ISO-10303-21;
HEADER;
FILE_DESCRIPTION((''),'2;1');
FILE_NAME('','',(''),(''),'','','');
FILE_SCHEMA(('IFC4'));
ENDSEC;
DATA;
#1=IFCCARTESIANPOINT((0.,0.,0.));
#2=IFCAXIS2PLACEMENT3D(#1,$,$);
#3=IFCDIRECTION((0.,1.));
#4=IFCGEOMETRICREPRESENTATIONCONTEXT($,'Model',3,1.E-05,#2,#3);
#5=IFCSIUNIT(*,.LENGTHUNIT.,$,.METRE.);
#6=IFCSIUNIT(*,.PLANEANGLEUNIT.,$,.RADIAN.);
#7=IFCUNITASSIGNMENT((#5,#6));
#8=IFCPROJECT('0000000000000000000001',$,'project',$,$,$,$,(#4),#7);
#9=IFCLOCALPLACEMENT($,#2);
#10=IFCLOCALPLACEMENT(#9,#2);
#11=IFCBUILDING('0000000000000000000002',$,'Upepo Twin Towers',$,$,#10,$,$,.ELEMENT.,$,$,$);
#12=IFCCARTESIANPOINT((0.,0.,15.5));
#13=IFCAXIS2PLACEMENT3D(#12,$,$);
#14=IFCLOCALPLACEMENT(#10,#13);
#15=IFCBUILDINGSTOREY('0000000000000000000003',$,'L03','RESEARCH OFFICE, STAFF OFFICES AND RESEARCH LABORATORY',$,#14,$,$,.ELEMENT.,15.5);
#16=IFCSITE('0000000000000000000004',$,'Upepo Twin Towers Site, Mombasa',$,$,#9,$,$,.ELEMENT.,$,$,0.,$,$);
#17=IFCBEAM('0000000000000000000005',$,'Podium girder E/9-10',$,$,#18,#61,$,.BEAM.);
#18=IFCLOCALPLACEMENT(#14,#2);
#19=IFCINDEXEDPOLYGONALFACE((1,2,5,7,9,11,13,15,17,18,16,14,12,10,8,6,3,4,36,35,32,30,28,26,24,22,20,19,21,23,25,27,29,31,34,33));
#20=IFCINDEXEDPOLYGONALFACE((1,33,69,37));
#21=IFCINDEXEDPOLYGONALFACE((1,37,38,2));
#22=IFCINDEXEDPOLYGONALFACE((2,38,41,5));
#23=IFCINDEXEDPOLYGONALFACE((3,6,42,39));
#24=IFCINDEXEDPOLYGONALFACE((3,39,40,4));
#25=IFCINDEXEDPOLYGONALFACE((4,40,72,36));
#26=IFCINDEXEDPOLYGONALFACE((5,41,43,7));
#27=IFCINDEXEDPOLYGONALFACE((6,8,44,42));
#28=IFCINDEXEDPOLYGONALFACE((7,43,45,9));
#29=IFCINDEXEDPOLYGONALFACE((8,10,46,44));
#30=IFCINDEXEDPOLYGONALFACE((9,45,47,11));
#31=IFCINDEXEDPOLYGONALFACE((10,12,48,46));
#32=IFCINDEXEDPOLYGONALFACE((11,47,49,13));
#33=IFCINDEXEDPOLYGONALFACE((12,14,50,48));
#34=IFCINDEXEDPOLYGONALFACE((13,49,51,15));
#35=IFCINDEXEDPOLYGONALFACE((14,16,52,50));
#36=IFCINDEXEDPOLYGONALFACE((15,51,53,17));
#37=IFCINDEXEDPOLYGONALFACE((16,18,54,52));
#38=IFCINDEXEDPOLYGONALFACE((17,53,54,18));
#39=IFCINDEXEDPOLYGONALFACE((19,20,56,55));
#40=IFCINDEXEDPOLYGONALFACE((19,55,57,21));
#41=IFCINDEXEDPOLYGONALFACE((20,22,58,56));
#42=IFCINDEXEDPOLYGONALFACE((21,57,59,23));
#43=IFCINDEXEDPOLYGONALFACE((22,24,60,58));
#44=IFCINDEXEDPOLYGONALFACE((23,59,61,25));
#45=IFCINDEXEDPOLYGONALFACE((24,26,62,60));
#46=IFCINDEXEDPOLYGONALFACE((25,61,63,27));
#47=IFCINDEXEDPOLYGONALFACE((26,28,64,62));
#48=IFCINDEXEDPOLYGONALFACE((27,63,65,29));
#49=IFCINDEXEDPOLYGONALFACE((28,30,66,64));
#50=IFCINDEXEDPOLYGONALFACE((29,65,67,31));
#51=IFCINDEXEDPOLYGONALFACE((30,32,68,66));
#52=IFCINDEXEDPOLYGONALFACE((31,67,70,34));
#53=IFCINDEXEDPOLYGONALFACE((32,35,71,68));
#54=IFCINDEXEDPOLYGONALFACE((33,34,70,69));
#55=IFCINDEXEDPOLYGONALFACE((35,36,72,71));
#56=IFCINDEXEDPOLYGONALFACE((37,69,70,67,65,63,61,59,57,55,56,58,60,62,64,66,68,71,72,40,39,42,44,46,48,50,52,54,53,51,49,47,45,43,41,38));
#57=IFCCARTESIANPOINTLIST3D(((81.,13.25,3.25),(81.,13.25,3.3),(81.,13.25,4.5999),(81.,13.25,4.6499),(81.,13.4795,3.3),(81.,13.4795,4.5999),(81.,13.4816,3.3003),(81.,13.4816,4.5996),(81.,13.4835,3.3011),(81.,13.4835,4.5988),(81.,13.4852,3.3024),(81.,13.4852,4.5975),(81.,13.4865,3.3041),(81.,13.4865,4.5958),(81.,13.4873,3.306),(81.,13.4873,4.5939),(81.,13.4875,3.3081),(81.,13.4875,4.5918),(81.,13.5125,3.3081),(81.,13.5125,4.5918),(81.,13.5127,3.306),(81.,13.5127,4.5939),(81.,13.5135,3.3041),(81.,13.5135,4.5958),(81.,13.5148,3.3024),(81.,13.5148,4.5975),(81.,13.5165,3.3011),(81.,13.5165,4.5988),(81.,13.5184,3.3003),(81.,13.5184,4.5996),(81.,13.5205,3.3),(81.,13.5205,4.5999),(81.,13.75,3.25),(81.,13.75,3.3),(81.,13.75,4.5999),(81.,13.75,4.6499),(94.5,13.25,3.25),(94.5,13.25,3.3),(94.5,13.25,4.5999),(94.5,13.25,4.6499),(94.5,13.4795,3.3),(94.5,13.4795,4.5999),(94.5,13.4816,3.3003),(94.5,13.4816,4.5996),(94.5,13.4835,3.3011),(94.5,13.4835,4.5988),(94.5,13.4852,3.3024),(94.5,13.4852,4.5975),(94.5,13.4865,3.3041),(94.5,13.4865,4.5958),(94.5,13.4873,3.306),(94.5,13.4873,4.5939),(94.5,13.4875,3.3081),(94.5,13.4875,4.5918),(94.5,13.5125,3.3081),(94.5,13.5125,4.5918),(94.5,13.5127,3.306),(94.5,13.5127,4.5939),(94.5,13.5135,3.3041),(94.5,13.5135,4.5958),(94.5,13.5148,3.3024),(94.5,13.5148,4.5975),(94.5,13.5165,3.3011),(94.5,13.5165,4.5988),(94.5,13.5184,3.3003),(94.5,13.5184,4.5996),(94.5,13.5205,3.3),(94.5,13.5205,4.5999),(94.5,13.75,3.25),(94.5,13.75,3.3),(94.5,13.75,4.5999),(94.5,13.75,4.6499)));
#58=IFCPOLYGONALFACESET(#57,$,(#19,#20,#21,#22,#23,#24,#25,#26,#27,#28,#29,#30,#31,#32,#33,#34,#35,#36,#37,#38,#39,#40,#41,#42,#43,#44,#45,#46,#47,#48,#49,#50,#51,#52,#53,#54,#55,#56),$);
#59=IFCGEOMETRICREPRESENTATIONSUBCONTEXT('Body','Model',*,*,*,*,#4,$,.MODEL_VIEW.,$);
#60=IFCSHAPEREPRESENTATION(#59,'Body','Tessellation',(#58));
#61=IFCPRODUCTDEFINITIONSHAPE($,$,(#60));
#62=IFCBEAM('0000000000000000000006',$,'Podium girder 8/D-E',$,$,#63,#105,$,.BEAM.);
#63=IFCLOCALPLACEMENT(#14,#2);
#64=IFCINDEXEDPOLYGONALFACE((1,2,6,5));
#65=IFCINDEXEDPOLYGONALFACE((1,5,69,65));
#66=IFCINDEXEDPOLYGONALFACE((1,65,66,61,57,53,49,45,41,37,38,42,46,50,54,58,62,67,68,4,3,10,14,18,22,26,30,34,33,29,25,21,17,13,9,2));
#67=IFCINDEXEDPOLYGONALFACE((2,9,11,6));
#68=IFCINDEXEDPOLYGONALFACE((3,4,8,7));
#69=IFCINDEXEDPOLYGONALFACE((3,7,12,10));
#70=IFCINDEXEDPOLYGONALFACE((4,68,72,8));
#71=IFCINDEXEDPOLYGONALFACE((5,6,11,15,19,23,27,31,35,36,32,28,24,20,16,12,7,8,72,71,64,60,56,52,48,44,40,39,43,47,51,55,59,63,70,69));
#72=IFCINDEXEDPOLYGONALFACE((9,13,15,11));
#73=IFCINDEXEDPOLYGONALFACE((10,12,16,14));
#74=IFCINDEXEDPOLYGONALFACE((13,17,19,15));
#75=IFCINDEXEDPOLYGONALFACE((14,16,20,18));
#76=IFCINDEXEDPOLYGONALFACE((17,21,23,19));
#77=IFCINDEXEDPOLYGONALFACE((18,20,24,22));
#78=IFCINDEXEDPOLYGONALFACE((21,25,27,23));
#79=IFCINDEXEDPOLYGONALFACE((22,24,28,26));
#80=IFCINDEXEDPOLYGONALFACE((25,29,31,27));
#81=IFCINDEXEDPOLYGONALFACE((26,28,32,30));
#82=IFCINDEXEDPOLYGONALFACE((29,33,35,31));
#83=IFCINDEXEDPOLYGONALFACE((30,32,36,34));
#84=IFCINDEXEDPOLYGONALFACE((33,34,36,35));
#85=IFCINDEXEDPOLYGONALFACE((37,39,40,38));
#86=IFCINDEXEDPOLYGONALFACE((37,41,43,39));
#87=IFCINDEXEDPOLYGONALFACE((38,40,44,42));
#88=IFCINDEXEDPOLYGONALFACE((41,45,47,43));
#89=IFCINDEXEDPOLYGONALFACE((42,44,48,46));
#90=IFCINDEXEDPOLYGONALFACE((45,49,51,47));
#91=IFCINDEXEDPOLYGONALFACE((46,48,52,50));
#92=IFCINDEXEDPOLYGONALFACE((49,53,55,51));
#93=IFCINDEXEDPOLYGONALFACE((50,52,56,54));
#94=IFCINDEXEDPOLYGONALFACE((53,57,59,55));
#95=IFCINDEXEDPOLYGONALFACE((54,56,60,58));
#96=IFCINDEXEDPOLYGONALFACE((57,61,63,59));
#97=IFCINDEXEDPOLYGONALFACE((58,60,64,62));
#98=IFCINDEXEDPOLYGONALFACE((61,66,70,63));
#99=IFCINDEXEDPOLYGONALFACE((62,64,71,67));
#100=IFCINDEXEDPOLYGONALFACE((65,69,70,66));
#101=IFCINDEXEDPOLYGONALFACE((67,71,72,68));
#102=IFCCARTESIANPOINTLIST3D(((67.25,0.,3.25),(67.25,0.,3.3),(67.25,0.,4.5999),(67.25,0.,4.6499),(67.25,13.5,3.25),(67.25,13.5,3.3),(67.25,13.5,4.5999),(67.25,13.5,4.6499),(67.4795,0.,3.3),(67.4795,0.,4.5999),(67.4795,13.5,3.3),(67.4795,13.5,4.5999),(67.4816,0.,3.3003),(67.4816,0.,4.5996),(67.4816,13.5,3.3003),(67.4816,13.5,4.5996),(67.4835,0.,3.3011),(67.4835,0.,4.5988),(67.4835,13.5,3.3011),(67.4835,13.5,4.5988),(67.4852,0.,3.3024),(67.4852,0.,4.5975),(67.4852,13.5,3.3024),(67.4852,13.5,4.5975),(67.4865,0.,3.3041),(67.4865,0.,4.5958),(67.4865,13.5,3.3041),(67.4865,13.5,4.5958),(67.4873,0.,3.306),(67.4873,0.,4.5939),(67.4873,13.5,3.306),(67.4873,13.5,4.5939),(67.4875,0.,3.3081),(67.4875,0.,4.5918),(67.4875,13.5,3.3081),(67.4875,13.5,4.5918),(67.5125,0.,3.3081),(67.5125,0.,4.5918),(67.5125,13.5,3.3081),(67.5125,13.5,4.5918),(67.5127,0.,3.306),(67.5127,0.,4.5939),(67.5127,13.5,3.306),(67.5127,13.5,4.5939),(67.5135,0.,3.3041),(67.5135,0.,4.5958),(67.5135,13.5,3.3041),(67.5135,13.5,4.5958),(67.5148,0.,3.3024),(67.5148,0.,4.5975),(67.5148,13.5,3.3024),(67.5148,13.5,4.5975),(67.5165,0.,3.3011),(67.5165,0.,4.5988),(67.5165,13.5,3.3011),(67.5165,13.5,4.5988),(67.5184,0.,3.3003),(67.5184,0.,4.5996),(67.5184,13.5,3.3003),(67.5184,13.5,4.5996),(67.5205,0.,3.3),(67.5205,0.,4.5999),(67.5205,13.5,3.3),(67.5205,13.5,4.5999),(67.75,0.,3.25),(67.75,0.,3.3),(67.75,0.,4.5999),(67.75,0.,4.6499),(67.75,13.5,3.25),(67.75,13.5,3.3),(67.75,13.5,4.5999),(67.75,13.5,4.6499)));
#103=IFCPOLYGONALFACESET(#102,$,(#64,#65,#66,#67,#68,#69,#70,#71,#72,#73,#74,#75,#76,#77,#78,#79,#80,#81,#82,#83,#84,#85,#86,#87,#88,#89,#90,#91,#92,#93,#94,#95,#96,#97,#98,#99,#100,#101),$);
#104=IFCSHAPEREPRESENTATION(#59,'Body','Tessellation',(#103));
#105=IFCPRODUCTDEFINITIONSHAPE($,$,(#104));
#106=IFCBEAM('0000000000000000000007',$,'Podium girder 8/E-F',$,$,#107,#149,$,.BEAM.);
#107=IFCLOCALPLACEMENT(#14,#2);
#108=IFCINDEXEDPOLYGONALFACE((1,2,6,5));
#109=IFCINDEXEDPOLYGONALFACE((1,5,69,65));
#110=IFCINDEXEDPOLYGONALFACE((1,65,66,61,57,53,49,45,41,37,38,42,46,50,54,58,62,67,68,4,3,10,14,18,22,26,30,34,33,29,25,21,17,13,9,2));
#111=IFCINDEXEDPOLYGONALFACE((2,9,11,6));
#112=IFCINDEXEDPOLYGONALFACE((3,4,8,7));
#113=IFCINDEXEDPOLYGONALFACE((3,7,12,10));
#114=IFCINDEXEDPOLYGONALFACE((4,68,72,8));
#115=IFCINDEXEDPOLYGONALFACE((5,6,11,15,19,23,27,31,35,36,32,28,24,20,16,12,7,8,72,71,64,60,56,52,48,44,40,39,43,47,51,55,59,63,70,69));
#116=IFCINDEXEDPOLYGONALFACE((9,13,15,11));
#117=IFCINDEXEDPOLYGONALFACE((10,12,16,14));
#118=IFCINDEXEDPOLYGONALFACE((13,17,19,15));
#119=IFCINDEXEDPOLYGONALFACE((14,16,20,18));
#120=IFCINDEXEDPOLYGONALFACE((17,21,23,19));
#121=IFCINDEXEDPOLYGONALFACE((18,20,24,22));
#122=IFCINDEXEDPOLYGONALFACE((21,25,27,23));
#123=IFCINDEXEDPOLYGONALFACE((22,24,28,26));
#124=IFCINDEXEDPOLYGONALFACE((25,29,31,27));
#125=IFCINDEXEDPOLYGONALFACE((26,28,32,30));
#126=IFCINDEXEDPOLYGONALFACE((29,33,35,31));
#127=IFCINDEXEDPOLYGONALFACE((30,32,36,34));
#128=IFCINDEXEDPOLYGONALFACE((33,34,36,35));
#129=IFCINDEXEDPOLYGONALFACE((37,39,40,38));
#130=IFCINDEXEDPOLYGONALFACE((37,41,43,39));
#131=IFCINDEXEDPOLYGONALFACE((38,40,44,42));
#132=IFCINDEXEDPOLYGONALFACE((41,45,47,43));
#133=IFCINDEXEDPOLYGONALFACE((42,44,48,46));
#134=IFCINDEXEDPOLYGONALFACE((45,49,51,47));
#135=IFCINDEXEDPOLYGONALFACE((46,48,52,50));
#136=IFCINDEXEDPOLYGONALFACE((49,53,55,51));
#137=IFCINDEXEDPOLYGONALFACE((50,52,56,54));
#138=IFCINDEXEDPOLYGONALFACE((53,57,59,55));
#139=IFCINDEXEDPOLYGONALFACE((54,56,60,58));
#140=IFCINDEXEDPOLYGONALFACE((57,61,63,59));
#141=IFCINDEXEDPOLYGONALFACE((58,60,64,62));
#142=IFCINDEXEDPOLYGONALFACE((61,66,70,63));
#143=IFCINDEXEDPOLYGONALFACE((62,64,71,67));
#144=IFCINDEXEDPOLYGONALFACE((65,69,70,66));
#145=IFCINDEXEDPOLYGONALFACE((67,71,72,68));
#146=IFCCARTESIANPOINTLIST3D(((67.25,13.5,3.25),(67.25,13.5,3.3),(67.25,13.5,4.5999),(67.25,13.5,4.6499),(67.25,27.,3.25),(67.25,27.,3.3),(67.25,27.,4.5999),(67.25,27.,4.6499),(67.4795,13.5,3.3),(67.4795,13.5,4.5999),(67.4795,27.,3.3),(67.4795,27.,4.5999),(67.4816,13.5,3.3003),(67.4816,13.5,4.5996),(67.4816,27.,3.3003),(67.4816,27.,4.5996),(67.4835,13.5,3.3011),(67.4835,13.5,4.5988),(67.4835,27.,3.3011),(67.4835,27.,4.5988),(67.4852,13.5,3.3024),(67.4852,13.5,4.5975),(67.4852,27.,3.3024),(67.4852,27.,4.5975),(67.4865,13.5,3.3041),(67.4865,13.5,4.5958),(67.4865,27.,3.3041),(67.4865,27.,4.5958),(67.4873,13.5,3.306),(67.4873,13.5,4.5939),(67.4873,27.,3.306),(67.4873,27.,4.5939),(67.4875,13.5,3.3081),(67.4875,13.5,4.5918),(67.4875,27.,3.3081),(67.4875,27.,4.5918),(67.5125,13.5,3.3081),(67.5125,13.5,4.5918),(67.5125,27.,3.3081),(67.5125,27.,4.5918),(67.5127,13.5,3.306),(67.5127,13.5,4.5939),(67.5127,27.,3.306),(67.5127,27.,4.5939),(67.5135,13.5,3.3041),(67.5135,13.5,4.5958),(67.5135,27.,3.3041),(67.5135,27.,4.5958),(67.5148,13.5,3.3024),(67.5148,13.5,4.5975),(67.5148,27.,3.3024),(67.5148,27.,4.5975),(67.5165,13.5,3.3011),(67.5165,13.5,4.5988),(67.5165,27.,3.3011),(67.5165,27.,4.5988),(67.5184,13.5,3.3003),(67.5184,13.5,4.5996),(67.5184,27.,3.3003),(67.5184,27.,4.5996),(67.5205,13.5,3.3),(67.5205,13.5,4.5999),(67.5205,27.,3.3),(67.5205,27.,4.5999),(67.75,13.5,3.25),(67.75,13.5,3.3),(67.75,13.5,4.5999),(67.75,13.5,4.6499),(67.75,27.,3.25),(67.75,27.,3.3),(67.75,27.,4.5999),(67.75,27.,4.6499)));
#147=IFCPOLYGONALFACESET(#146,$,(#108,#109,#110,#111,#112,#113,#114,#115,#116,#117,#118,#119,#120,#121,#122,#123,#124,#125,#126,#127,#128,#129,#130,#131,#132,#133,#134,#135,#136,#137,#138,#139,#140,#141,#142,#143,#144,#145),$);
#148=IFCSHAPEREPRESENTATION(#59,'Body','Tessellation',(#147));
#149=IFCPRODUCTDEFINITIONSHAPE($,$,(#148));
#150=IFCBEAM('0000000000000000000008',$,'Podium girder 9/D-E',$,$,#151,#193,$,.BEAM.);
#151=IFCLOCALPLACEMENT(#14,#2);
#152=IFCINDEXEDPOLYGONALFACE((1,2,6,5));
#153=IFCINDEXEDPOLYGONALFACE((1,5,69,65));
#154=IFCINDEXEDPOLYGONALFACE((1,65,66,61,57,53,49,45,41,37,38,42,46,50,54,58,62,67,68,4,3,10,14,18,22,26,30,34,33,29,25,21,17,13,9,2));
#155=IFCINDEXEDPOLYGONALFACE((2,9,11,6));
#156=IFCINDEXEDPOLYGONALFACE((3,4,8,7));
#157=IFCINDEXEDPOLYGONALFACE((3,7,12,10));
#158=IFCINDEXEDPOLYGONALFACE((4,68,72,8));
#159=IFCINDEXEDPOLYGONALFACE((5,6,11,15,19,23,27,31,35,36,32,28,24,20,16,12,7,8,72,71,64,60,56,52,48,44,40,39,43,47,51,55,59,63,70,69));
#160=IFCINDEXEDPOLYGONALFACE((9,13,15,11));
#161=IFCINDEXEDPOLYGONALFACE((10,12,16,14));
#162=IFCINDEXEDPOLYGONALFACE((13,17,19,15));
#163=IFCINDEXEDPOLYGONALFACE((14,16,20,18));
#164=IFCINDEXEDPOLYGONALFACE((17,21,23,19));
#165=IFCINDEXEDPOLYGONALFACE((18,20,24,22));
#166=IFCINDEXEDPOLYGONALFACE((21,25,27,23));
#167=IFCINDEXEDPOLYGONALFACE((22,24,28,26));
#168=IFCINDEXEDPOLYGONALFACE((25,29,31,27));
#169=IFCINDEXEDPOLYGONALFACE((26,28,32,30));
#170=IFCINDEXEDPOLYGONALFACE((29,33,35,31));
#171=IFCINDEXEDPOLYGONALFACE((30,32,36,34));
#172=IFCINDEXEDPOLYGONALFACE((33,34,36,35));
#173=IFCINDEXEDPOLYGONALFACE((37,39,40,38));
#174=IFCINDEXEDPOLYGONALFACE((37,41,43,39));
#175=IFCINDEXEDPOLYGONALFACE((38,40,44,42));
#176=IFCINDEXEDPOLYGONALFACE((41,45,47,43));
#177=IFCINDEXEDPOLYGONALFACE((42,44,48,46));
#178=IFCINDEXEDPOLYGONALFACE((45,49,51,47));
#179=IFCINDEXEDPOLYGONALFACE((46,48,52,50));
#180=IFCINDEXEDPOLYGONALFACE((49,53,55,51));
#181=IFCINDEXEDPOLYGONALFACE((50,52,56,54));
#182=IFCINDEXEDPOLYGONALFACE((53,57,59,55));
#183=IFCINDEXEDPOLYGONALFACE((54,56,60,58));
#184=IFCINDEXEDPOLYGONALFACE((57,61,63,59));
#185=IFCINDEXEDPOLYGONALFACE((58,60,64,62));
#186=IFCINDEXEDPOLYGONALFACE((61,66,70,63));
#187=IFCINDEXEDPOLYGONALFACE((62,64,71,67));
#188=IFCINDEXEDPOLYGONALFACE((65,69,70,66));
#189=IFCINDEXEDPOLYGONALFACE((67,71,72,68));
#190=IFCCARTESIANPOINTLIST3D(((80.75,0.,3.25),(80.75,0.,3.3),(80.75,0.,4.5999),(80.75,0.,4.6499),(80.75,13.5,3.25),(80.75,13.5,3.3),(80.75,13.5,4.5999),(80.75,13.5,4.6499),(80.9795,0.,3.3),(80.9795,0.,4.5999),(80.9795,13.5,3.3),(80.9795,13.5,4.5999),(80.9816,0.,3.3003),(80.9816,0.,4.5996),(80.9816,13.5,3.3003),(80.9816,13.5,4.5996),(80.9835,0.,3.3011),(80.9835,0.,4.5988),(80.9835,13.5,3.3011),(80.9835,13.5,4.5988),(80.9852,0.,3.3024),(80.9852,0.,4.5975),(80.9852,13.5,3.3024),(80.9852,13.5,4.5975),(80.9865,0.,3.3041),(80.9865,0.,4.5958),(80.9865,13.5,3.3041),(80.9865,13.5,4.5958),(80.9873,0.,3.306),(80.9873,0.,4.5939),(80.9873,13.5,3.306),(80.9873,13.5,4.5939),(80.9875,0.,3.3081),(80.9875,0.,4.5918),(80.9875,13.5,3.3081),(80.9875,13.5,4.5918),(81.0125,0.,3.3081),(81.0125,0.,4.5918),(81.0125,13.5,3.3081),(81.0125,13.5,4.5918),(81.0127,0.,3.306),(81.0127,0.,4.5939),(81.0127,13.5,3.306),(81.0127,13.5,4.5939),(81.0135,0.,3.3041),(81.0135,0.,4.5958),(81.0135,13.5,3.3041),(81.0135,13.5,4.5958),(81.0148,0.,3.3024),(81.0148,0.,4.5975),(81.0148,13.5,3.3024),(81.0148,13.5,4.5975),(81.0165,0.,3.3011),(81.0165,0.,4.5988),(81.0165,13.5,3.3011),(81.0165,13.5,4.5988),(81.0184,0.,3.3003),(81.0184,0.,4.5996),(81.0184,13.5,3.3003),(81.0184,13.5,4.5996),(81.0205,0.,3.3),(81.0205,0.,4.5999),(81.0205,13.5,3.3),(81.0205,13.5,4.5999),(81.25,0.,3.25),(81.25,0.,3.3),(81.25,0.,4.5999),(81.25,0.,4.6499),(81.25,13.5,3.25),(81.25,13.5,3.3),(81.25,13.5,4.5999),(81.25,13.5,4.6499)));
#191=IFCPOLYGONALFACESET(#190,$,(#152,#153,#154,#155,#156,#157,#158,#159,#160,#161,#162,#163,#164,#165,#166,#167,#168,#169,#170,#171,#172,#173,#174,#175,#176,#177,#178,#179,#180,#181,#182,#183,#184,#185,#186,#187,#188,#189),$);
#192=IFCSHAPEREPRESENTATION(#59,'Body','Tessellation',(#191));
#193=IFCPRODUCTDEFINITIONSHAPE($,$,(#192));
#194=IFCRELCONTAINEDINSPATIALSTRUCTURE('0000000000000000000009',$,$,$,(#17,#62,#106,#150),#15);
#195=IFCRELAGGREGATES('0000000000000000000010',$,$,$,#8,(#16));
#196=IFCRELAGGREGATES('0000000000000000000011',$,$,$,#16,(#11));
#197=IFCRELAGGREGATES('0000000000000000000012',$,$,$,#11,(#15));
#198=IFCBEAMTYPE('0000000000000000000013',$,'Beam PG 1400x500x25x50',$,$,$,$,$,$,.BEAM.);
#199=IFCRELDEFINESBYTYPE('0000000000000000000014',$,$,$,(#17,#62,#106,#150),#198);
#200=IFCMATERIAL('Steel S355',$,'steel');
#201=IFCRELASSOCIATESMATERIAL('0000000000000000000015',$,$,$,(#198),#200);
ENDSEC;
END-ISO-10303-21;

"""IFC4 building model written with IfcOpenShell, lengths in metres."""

from ifc_helpers import new_model, si_unit, direction, frame, origin, origin_2d, place, context, subcontext, project, spatial, i_section, extrude, material, material_profile, profile_set, type_object, element, save


model = new_model("IFC4")

# Units and contexts
model_context = context("Model", 3, precision=1e-05, world=origin(), true_north=direction((0.0, 1.0)))
body_context = subcontext(model_context, "Body", "Model", "MODEL_VIEW")
ifc_project = project(units=[si_unit("LENGTHUNIT", "METRE"), si_unit("PLANEANGLEUNIT", "RADIAN")], contexts=[model_context])

# Site, building, storey
site_placement = place(None, origin())
site = spatial("IfcSite", under=ifc_project, at=site_placement, Name="Upepo Twin Towers Site, Mombasa", CompositionType="ELEMENT", RefElevation=0.0)
building_placement = place(site_placement, origin())
building = spatial("IfcBuilding", under=site, at=building_placement, Name="Upepo Twin Towers", CompositionType="ELEMENT")
storey_placement = place(building_placement, frame((0.0, 0.0, 15.5)))
storey = spatial("IfcBuildingStorey", under=building, at=storey_placement, Name="L03", Description="RESEARCH OFFICE, STAFF OFFICES AND RESEARCH LABORATORY", CompositionType="ELEMENT", Elevation=15.5)

# Beams
ifc_material_1 = material(Name="Steel S355", Category="steel")
ifc_material_profile_1 = material_profile(ifc_material_1, i_section(OverallWidth=0.5, OverallDepth=1.3999, WebThickness=0.0249, FlangeThickness=0.05, FilletRadius=0.0081, at=origin_2d()), Name="PG 1400x500x25x50")
ifc_profile_set_1 = profile_set([ifc_material_profile_1], Name="Steel S355")
beam_type_1 = type_object("IfcBeamType", Name="Beam PG 1400x500x25x50", PredefinedType="BEAM", material=ifc_profile_set_1)
for number, where, z_axis, x_axis, name in (
    (1, (81.0, 13.5, 3.95), (1.0, 0.0, 0.0), (0.0, 1.0, 0.0), "Podium girder E/9-10"),
    (2, (67.5, 0.0, 3.95), (0.0, 1.0, 0.0), (-1.0, 0.0, 0.0), "Podium girder 8/D-E"),
    (3, (67.5, 13.5, 3.95), (0.0, 1.0, 0.0), (-1.0, 0.0, 0.0), "Podium girder 8/E-F"),
    (4, (81.0, 0.0, 3.95), (0.0, 1.0, 0.0), (-1.0, 0.0, 0.0), "Podium girder 9/D-E"),
):
    element("IfcBeam", number, at=place(storey_placement, frame(where, z_axis=z_axis, x_axis=x_axis)), inside=storey, type_object=beam_type_1, Name=name, PredefinedType="BEAM", context=body_context, shape_type="SweptSolid", body=[
        extrude(i_section(OverallWidth=0.5, OverallDepth=1.3999, WebThickness=0.0249, FlangeThickness=0.05, FilletRadius=0.0081, at=origin_2d()), origin(), (0.0, 0.0, 1.0), 13.5),
    ])

save(model, "model.ifc")
